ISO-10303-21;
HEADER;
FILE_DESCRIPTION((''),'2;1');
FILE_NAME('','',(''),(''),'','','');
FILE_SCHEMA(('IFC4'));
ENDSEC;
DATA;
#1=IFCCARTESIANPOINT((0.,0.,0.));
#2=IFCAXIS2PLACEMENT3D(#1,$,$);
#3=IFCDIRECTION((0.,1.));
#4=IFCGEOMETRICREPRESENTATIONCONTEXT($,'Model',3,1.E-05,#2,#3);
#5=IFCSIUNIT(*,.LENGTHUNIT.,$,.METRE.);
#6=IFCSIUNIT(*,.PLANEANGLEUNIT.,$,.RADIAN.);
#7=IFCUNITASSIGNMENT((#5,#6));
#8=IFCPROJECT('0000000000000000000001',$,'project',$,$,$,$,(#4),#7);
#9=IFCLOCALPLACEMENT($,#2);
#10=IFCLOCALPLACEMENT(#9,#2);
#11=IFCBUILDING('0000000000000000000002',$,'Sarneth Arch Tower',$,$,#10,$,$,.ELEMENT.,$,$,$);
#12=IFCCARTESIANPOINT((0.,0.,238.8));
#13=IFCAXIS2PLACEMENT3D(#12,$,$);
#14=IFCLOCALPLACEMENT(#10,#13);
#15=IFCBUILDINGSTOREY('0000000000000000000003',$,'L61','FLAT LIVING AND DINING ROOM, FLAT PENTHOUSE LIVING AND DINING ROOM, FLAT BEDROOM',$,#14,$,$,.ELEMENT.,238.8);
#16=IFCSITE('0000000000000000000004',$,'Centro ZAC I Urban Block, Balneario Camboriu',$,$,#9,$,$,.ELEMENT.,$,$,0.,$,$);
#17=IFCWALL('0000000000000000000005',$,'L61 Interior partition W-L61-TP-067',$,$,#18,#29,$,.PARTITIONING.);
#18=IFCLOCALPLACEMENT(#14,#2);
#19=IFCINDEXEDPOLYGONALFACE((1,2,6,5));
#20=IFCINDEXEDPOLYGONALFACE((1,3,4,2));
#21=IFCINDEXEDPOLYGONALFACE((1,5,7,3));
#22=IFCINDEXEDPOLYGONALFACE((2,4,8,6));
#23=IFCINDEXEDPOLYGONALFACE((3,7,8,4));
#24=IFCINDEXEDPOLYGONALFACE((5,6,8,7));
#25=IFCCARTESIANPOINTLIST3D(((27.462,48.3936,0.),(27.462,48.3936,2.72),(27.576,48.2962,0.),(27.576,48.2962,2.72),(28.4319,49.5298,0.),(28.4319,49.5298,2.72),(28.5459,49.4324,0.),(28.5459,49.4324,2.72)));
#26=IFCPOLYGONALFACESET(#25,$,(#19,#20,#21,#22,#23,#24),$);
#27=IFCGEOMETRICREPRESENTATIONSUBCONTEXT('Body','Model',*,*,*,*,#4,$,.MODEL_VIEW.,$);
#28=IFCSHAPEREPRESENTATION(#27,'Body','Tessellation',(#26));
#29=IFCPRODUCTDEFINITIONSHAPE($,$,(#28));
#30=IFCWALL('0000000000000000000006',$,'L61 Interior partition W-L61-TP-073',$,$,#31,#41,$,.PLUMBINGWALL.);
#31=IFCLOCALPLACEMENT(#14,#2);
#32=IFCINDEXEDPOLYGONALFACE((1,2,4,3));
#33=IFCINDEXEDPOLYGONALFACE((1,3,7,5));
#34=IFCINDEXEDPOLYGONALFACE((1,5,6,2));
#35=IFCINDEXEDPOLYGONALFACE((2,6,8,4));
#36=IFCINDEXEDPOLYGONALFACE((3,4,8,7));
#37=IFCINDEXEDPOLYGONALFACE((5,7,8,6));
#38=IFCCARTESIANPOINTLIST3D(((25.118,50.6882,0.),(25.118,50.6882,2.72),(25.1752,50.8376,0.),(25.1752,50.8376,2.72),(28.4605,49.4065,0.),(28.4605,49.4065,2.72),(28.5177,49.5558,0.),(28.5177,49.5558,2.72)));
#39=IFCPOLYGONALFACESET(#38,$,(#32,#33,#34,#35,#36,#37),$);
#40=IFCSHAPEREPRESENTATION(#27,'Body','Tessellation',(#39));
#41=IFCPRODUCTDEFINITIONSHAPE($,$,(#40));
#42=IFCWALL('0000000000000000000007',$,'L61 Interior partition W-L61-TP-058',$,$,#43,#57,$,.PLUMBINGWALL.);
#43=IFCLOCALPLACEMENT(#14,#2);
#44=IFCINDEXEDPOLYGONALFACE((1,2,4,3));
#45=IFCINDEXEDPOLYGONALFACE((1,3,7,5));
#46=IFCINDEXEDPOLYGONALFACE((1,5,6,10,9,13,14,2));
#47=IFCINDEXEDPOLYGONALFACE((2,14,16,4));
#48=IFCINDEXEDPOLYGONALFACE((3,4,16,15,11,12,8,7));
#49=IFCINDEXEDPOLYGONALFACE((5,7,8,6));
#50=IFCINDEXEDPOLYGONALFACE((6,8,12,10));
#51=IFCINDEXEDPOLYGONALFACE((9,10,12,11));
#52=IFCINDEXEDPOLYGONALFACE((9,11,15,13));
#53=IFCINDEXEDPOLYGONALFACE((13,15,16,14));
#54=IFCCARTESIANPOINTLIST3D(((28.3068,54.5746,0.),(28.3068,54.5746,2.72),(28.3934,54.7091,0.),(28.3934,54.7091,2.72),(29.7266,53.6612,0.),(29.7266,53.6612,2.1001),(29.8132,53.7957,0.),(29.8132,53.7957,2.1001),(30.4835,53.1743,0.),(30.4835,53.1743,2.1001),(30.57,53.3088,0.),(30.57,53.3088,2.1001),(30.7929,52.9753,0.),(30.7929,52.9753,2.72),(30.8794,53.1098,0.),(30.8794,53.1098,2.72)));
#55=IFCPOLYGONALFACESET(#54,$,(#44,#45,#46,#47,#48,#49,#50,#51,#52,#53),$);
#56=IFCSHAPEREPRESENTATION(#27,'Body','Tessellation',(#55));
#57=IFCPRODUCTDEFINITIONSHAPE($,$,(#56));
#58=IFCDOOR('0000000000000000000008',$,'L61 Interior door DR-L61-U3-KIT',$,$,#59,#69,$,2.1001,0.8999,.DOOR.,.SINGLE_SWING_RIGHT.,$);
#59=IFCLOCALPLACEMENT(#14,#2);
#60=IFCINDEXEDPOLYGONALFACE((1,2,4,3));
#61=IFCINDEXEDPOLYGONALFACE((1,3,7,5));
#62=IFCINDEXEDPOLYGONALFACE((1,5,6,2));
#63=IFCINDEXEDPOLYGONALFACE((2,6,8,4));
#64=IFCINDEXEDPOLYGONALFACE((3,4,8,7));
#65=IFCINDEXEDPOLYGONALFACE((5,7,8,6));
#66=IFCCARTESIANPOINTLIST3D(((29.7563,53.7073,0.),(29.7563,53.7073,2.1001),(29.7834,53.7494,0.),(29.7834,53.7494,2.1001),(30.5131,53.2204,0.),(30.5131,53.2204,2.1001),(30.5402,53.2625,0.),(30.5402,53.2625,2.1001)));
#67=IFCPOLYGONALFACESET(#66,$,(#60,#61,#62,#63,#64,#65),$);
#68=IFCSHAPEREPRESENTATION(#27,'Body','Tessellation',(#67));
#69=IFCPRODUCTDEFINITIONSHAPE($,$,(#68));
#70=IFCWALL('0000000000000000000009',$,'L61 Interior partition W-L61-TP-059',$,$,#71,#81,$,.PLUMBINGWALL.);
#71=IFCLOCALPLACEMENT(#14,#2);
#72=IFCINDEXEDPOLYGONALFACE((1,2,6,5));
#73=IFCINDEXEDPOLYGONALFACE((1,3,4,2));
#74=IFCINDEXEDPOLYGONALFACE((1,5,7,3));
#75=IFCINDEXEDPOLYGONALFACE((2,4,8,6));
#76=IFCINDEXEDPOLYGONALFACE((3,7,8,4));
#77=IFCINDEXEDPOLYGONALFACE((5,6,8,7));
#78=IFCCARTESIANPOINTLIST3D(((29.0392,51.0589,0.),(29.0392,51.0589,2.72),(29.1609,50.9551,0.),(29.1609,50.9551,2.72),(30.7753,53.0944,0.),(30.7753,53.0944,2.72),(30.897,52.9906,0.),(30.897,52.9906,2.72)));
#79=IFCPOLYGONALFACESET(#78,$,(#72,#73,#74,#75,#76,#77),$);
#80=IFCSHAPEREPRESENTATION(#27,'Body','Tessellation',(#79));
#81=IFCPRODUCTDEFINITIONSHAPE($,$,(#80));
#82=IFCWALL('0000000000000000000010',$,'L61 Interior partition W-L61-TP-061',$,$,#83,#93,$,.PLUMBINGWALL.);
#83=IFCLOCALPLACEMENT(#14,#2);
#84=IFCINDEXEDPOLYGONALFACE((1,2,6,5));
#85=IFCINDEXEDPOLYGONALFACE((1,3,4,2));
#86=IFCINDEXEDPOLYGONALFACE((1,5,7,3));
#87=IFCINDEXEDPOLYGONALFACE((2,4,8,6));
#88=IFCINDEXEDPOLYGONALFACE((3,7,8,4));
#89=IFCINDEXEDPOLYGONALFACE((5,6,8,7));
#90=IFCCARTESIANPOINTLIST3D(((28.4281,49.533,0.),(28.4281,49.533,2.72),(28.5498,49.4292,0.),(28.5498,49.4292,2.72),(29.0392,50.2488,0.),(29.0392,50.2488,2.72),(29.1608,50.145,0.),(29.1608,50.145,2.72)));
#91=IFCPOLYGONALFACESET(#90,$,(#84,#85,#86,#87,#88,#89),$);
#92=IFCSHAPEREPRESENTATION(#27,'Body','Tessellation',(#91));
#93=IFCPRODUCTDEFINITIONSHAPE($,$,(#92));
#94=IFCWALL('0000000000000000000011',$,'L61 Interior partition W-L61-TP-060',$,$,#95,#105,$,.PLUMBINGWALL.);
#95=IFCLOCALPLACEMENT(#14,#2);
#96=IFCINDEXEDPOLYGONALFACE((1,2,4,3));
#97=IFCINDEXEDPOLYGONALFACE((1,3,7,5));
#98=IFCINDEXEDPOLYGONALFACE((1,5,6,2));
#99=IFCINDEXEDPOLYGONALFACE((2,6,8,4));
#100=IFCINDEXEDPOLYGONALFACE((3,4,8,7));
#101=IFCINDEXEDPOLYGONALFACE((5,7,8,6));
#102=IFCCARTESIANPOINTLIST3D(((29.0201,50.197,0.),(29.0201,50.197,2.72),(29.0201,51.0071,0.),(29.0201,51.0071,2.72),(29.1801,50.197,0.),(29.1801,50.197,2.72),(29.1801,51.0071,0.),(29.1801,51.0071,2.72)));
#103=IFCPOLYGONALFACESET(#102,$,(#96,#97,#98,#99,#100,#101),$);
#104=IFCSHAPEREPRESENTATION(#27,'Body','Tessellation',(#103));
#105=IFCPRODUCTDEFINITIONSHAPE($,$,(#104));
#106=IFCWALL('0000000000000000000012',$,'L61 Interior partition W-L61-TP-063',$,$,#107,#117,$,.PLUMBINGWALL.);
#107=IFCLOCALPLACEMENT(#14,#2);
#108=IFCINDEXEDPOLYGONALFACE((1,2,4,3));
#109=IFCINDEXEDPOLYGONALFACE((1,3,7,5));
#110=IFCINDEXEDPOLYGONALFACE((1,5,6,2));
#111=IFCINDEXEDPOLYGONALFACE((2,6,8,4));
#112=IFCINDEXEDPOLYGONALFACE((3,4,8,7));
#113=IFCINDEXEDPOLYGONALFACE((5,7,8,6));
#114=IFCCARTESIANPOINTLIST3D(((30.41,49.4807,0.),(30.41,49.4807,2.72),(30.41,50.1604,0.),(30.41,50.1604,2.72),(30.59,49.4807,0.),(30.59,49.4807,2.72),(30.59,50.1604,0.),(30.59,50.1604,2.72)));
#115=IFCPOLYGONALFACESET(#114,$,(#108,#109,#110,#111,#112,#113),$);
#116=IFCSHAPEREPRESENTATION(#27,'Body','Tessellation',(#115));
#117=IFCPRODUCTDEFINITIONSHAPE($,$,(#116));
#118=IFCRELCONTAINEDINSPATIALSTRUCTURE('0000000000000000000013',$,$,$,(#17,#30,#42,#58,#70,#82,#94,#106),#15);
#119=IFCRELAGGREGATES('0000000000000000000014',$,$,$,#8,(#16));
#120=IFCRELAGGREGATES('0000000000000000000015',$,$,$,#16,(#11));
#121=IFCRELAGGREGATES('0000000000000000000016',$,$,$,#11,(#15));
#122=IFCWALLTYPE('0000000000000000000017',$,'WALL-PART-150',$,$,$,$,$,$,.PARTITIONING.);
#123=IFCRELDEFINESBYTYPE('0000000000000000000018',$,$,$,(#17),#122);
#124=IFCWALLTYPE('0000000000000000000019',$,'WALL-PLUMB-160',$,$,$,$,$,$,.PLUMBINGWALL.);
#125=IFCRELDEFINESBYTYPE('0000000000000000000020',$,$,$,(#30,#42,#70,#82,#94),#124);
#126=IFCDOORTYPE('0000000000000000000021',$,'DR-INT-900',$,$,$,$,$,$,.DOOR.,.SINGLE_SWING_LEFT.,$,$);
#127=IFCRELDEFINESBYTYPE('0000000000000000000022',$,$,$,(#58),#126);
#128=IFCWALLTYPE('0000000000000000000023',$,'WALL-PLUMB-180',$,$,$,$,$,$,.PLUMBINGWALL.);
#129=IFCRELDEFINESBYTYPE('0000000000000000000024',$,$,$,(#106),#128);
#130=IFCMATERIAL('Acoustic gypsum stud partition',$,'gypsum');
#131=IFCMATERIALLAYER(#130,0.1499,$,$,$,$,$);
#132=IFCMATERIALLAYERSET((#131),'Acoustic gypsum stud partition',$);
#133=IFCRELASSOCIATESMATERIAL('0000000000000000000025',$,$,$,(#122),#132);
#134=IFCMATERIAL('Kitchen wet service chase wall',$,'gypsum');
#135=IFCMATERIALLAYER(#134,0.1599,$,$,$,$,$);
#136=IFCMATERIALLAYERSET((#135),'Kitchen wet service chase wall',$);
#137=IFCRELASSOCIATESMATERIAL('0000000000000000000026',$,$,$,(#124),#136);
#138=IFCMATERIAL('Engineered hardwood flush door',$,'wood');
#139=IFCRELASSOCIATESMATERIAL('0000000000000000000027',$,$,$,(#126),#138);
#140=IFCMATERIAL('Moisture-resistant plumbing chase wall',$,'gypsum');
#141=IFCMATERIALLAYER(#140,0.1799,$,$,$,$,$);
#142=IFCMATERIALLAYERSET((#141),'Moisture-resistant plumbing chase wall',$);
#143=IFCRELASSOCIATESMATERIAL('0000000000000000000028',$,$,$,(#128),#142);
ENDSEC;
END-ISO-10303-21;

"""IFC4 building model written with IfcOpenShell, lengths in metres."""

from ifc_helpers import new_model, si_unit, direction, frame, frame_2d, origin, place, context, subcontext, project, spatial, rectangle, extrude, material, layer, layer_set, type_object, element, fill, save


model = new_model("IFC4")

# Units and contexts
model_context = context("Model", 3, precision=1e-05, world=origin(), true_north=direction((0.0, 1.0)))
body_context = subcontext(model_context, "Body", "Model", "MODEL_VIEW")
ifc_project = project(units=[si_unit("LENGTHUNIT", "METRE"), si_unit("PLANEANGLEUNIT", "RADIAN")], contexts=[model_context])

# Site, building, storey
site_placement = place(None, origin())
site = spatial("IfcSite", under=ifc_project, at=site_placement, Name="Centro ZAC I Urban Block, Balneario Camboriu", CompositionType="ELEMENT", RefElevation=0.0)
building_placement = place(site_placement, origin())
building = spatial("IfcBuilding", under=site, at=building_placement, Name="Sarneth Arch Tower", CompositionType="ELEMENT")
storey_placement = place(building_placement, frame((0.0, 0.0, 238.8)))
storey = spatial("IfcBuildingStorey", under=building, at=storey_placement, Name="L61", Description="FLAT LIVING AND DINING ROOM, FLAT PENTHOUSE LIVING AND DINING ROOM, FLAT BEDROOM", CompositionType="ELEMENT", Elevation=238.8)

# Walls
ifc_material_1 = material(Name="Acoustic gypsum stud partition", Category="gypsum")
ifc_layer_1 = layer(ifc_material_1, 0.1499)
ifc_layer_set_1 = layer_set([ifc_layer_1], Name="Acoustic gypsum stud partition")
wall_type_1 = type_object("IfcWallType", Name="WALL-PART-150", PredefinedType="PARTITIONING", material=ifc_layer_set_1)
wall_1_placement = place(storey_placement, frame((28.489, 49.4812, 0.0), z_axis=(0.0, 0.0, 1.0), x_axis=(-0.649269, -0.760559, 0.0)))
element("IfcWall", 1, at=wall_1_placement, inside=storey, type_object=wall_type_1, Name="L61 Interior partition W-L61-TP-067", PredefinedType="PARTITIONING", context=body_context, shape_type="SweptSolid", body=[
    extrude(rectangle(XDim=1.4939, YDim=0.1499, at=frame_2d((0.7471, 0.0))), origin(), (0.0, 0.0, 1.0), 2.72),
])
ifc_material_2 = material(Name="Kitchen wet service chase wall", Category="gypsum")
ifc_layer_2 = layer(ifc_material_2, 0.1599)
ifc_layer_set_2 = layer_set([ifc_layer_2], Name="Kitchen wet service chase wall")
wall_type_2 = type_object("IfcWallType", Name="WALL-PLUMB-160", PredefinedType="PLUMBINGWALL", material=ifc_layer_set_2)
wall_2_placement = place(storey_placement, frame((25.1465, 50.7629, 0.0), z_axis=(0.0, 0.0, 1.0), x_axis=(0.933705, -0.358042, 0.0)))
element("IfcWall", 2, at=wall_2_placement, inside=storey, type_object=wall_type_2, Name="L61 Interior partition W-L61-TP-073", PredefinedType="PLUMBINGWALL", context=body_context, shape_type="SweptSolid", body=[
    extrude(rectangle(XDim=3.5798, YDim=0.1599, at=frame_2d((1.79, 0.0))), origin(), (0.0, 0.0, 1.0), 2.72),
])

# Wall, opening, door
wall_3_placement = place(storey_placement, frame((28.3501, 54.6418, 0.0), z_axis=(0.0, 0.0, 1.0), x_axis=(0.840999, -0.541037, 0.0)))
wall_3 = element("IfcWall", 3, at=wall_3_placement, inside=storey, type_object=wall_type_2, Name="L61 Interior partition W-L61-TP-058", PredefinedType="PLUMBINGWALL", context=body_context, shape_type="SweptSolid", body=[
    extrude(rectangle(XDim=2.9561, YDim=0.1599, at=frame_2d((1.478, 0.0))), origin(), (0.0, 0.0, 1.0), 2.72),
])
opening_1_placement = place(wall_3_placement, frame((1.6882, 0.0, 0.0)))
opening_1 = element("IfcOpeningElement", 4, at=opening_1_placement, cuts=wall_3, PredefinedType="OPENING", context=body_context, shape_type="SweptSolid", body=[
    extrude(rectangle(XDim=0.8999, YDim=2.1001, at=frame_2d((0.45, 1.05))), frame((0.0, 0.0898, 0.0), z_axis=(0.0, -1.0, 0.0), x_axis=(1.0, 0.0, 0.0)), (0.0, 0.0, 1.0), 0.1799),
])
ifc_material_3 = material(Name="Engineered hardwood flush door", Category="wood")
door_type_1 = type_object("IfcDoorType", Name="DR-INT-900", OperationType="SINGLE_SWING_LEFT", PredefinedType="DOOR", material=ifc_material_3)
door_1_placement = place(opening_1_placement, origin())
door_1 = element("IfcDoor", 5, at=door_1_placement, inside=storey, type_object=door_type_1, Name="L61 Interior door DR-L61-U3-KIT", OperationType="SINGLE_SWING_RIGHT", OverallHeight=2.1001, OverallWidth=0.8999, PredefinedType="DOOR", context=body_context, shape_type="SweptSolid", body=[
    extrude(rectangle(XDim=0.8999, YDim=2.1001, at=frame_2d((0.45, 1.05))), frame((0.0, 0.0249, 0.0), z_axis=(0.0, -1.0, 0.0), x_axis=(1.0, 0.0, 0.0)), (0.0, 0.0, 1.0), 0.05),
])
fill(opening_1, door_1)

# Walls
wall_4_placement = place(storey_placement, frame((30.8362, 53.0425, 0.0), z_axis=(0.0, 0.0, 1.0), x_axis=(-0.648948, -0.760833, 0.0)))
element("IfcWall", 6, at=wall_4_placement, inside=storey, type_object=wall_type_2, Name="L61 Interior partition W-L61-TP-059", PredefinedType="PLUMBINGWALL", context=body_context, shape_type="SweptSolid", body=[
    extrude(rectangle(XDim=2.6753, YDim=0.1599, at=frame_2d((1.3376, 0.0))), origin(), (0.0, 0.0, 1.0), 2.72),
])
wall_5_placement = place(storey_placement, frame((29.1001, 50.197, 0.0), z_axis=(0.0, 0.0, 1.0), x_axis=(-0.649273, -0.760555, 0.0)))
element("IfcWall", 7, at=wall_5_placement, inside=storey, type_object=wall_type_2, Name="L61 Interior partition W-L61-TP-061", PredefinedType="PLUMBINGWALL", context=body_context, shape_type="SweptSolid", body=[
    extrude(rectangle(XDim=0.9412, YDim=0.1599, at=frame_2d((0.4707, 0.0))), origin(), (0.0, 0.0, 1.0), 2.72),
])
wall_6_placement = place(storey_placement, frame((29.1001, 51.0071, 0.0), z_axis=(0.0, 0.0, 1.0), x_axis=(0.0, -1.0, 0.0)))
element("IfcWall", 8, at=wall_6_placement, inside=storey, type_object=wall_type_2, Name="L61 Interior partition W-L61-TP-060", PredefinedType="PLUMBINGWALL", context=body_context, shape_type="SweptSolid", body=[
    extrude(rectangle(XDim=0.8101, YDim=0.1599, at=frame_2d((0.405, 0.0))), origin(), (0.0, 0.0, 1.0), 2.72),
])
ifc_material_4 = material(Name="Moisture-resistant plumbing chase wall", Category="gypsum")
ifc_layer_3 = layer(ifc_material_4, 0.1799)
ifc_layer_set_3 = layer_set([ifc_layer_3], Name="Moisture-resistant plumbing chase wall")
wall_type_3 = type_object("IfcWallType", Name="WALL-PLUMB-180", PredefinedType="PLUMBINGWALL", material=ifc_layer_set_3)
wall_7_placement = place(storey_placement, frame((30.5, 50.1604, 0.0), z_axis=(0.0, 0.0, 1.0), x_axis=(0.0, -1.0, 0.0)))
element("IfcWall", 9, at=wall_7_placement, inside=storey, type_object=wall_type_3, Name="L61 Interior partition W-L61-TP-063", PredefinedType="PLUMBINGWALL", context=body_context, shape_type="SweptSolid", body=[
    extrude(rectangle(XDim=0.6797, YDim=0.1799, at=frame_2d((0.3398, 0.0))), origin(), (0.0, 0.0, 1.0), 2.72),
])

save(model, "model.ifc")
